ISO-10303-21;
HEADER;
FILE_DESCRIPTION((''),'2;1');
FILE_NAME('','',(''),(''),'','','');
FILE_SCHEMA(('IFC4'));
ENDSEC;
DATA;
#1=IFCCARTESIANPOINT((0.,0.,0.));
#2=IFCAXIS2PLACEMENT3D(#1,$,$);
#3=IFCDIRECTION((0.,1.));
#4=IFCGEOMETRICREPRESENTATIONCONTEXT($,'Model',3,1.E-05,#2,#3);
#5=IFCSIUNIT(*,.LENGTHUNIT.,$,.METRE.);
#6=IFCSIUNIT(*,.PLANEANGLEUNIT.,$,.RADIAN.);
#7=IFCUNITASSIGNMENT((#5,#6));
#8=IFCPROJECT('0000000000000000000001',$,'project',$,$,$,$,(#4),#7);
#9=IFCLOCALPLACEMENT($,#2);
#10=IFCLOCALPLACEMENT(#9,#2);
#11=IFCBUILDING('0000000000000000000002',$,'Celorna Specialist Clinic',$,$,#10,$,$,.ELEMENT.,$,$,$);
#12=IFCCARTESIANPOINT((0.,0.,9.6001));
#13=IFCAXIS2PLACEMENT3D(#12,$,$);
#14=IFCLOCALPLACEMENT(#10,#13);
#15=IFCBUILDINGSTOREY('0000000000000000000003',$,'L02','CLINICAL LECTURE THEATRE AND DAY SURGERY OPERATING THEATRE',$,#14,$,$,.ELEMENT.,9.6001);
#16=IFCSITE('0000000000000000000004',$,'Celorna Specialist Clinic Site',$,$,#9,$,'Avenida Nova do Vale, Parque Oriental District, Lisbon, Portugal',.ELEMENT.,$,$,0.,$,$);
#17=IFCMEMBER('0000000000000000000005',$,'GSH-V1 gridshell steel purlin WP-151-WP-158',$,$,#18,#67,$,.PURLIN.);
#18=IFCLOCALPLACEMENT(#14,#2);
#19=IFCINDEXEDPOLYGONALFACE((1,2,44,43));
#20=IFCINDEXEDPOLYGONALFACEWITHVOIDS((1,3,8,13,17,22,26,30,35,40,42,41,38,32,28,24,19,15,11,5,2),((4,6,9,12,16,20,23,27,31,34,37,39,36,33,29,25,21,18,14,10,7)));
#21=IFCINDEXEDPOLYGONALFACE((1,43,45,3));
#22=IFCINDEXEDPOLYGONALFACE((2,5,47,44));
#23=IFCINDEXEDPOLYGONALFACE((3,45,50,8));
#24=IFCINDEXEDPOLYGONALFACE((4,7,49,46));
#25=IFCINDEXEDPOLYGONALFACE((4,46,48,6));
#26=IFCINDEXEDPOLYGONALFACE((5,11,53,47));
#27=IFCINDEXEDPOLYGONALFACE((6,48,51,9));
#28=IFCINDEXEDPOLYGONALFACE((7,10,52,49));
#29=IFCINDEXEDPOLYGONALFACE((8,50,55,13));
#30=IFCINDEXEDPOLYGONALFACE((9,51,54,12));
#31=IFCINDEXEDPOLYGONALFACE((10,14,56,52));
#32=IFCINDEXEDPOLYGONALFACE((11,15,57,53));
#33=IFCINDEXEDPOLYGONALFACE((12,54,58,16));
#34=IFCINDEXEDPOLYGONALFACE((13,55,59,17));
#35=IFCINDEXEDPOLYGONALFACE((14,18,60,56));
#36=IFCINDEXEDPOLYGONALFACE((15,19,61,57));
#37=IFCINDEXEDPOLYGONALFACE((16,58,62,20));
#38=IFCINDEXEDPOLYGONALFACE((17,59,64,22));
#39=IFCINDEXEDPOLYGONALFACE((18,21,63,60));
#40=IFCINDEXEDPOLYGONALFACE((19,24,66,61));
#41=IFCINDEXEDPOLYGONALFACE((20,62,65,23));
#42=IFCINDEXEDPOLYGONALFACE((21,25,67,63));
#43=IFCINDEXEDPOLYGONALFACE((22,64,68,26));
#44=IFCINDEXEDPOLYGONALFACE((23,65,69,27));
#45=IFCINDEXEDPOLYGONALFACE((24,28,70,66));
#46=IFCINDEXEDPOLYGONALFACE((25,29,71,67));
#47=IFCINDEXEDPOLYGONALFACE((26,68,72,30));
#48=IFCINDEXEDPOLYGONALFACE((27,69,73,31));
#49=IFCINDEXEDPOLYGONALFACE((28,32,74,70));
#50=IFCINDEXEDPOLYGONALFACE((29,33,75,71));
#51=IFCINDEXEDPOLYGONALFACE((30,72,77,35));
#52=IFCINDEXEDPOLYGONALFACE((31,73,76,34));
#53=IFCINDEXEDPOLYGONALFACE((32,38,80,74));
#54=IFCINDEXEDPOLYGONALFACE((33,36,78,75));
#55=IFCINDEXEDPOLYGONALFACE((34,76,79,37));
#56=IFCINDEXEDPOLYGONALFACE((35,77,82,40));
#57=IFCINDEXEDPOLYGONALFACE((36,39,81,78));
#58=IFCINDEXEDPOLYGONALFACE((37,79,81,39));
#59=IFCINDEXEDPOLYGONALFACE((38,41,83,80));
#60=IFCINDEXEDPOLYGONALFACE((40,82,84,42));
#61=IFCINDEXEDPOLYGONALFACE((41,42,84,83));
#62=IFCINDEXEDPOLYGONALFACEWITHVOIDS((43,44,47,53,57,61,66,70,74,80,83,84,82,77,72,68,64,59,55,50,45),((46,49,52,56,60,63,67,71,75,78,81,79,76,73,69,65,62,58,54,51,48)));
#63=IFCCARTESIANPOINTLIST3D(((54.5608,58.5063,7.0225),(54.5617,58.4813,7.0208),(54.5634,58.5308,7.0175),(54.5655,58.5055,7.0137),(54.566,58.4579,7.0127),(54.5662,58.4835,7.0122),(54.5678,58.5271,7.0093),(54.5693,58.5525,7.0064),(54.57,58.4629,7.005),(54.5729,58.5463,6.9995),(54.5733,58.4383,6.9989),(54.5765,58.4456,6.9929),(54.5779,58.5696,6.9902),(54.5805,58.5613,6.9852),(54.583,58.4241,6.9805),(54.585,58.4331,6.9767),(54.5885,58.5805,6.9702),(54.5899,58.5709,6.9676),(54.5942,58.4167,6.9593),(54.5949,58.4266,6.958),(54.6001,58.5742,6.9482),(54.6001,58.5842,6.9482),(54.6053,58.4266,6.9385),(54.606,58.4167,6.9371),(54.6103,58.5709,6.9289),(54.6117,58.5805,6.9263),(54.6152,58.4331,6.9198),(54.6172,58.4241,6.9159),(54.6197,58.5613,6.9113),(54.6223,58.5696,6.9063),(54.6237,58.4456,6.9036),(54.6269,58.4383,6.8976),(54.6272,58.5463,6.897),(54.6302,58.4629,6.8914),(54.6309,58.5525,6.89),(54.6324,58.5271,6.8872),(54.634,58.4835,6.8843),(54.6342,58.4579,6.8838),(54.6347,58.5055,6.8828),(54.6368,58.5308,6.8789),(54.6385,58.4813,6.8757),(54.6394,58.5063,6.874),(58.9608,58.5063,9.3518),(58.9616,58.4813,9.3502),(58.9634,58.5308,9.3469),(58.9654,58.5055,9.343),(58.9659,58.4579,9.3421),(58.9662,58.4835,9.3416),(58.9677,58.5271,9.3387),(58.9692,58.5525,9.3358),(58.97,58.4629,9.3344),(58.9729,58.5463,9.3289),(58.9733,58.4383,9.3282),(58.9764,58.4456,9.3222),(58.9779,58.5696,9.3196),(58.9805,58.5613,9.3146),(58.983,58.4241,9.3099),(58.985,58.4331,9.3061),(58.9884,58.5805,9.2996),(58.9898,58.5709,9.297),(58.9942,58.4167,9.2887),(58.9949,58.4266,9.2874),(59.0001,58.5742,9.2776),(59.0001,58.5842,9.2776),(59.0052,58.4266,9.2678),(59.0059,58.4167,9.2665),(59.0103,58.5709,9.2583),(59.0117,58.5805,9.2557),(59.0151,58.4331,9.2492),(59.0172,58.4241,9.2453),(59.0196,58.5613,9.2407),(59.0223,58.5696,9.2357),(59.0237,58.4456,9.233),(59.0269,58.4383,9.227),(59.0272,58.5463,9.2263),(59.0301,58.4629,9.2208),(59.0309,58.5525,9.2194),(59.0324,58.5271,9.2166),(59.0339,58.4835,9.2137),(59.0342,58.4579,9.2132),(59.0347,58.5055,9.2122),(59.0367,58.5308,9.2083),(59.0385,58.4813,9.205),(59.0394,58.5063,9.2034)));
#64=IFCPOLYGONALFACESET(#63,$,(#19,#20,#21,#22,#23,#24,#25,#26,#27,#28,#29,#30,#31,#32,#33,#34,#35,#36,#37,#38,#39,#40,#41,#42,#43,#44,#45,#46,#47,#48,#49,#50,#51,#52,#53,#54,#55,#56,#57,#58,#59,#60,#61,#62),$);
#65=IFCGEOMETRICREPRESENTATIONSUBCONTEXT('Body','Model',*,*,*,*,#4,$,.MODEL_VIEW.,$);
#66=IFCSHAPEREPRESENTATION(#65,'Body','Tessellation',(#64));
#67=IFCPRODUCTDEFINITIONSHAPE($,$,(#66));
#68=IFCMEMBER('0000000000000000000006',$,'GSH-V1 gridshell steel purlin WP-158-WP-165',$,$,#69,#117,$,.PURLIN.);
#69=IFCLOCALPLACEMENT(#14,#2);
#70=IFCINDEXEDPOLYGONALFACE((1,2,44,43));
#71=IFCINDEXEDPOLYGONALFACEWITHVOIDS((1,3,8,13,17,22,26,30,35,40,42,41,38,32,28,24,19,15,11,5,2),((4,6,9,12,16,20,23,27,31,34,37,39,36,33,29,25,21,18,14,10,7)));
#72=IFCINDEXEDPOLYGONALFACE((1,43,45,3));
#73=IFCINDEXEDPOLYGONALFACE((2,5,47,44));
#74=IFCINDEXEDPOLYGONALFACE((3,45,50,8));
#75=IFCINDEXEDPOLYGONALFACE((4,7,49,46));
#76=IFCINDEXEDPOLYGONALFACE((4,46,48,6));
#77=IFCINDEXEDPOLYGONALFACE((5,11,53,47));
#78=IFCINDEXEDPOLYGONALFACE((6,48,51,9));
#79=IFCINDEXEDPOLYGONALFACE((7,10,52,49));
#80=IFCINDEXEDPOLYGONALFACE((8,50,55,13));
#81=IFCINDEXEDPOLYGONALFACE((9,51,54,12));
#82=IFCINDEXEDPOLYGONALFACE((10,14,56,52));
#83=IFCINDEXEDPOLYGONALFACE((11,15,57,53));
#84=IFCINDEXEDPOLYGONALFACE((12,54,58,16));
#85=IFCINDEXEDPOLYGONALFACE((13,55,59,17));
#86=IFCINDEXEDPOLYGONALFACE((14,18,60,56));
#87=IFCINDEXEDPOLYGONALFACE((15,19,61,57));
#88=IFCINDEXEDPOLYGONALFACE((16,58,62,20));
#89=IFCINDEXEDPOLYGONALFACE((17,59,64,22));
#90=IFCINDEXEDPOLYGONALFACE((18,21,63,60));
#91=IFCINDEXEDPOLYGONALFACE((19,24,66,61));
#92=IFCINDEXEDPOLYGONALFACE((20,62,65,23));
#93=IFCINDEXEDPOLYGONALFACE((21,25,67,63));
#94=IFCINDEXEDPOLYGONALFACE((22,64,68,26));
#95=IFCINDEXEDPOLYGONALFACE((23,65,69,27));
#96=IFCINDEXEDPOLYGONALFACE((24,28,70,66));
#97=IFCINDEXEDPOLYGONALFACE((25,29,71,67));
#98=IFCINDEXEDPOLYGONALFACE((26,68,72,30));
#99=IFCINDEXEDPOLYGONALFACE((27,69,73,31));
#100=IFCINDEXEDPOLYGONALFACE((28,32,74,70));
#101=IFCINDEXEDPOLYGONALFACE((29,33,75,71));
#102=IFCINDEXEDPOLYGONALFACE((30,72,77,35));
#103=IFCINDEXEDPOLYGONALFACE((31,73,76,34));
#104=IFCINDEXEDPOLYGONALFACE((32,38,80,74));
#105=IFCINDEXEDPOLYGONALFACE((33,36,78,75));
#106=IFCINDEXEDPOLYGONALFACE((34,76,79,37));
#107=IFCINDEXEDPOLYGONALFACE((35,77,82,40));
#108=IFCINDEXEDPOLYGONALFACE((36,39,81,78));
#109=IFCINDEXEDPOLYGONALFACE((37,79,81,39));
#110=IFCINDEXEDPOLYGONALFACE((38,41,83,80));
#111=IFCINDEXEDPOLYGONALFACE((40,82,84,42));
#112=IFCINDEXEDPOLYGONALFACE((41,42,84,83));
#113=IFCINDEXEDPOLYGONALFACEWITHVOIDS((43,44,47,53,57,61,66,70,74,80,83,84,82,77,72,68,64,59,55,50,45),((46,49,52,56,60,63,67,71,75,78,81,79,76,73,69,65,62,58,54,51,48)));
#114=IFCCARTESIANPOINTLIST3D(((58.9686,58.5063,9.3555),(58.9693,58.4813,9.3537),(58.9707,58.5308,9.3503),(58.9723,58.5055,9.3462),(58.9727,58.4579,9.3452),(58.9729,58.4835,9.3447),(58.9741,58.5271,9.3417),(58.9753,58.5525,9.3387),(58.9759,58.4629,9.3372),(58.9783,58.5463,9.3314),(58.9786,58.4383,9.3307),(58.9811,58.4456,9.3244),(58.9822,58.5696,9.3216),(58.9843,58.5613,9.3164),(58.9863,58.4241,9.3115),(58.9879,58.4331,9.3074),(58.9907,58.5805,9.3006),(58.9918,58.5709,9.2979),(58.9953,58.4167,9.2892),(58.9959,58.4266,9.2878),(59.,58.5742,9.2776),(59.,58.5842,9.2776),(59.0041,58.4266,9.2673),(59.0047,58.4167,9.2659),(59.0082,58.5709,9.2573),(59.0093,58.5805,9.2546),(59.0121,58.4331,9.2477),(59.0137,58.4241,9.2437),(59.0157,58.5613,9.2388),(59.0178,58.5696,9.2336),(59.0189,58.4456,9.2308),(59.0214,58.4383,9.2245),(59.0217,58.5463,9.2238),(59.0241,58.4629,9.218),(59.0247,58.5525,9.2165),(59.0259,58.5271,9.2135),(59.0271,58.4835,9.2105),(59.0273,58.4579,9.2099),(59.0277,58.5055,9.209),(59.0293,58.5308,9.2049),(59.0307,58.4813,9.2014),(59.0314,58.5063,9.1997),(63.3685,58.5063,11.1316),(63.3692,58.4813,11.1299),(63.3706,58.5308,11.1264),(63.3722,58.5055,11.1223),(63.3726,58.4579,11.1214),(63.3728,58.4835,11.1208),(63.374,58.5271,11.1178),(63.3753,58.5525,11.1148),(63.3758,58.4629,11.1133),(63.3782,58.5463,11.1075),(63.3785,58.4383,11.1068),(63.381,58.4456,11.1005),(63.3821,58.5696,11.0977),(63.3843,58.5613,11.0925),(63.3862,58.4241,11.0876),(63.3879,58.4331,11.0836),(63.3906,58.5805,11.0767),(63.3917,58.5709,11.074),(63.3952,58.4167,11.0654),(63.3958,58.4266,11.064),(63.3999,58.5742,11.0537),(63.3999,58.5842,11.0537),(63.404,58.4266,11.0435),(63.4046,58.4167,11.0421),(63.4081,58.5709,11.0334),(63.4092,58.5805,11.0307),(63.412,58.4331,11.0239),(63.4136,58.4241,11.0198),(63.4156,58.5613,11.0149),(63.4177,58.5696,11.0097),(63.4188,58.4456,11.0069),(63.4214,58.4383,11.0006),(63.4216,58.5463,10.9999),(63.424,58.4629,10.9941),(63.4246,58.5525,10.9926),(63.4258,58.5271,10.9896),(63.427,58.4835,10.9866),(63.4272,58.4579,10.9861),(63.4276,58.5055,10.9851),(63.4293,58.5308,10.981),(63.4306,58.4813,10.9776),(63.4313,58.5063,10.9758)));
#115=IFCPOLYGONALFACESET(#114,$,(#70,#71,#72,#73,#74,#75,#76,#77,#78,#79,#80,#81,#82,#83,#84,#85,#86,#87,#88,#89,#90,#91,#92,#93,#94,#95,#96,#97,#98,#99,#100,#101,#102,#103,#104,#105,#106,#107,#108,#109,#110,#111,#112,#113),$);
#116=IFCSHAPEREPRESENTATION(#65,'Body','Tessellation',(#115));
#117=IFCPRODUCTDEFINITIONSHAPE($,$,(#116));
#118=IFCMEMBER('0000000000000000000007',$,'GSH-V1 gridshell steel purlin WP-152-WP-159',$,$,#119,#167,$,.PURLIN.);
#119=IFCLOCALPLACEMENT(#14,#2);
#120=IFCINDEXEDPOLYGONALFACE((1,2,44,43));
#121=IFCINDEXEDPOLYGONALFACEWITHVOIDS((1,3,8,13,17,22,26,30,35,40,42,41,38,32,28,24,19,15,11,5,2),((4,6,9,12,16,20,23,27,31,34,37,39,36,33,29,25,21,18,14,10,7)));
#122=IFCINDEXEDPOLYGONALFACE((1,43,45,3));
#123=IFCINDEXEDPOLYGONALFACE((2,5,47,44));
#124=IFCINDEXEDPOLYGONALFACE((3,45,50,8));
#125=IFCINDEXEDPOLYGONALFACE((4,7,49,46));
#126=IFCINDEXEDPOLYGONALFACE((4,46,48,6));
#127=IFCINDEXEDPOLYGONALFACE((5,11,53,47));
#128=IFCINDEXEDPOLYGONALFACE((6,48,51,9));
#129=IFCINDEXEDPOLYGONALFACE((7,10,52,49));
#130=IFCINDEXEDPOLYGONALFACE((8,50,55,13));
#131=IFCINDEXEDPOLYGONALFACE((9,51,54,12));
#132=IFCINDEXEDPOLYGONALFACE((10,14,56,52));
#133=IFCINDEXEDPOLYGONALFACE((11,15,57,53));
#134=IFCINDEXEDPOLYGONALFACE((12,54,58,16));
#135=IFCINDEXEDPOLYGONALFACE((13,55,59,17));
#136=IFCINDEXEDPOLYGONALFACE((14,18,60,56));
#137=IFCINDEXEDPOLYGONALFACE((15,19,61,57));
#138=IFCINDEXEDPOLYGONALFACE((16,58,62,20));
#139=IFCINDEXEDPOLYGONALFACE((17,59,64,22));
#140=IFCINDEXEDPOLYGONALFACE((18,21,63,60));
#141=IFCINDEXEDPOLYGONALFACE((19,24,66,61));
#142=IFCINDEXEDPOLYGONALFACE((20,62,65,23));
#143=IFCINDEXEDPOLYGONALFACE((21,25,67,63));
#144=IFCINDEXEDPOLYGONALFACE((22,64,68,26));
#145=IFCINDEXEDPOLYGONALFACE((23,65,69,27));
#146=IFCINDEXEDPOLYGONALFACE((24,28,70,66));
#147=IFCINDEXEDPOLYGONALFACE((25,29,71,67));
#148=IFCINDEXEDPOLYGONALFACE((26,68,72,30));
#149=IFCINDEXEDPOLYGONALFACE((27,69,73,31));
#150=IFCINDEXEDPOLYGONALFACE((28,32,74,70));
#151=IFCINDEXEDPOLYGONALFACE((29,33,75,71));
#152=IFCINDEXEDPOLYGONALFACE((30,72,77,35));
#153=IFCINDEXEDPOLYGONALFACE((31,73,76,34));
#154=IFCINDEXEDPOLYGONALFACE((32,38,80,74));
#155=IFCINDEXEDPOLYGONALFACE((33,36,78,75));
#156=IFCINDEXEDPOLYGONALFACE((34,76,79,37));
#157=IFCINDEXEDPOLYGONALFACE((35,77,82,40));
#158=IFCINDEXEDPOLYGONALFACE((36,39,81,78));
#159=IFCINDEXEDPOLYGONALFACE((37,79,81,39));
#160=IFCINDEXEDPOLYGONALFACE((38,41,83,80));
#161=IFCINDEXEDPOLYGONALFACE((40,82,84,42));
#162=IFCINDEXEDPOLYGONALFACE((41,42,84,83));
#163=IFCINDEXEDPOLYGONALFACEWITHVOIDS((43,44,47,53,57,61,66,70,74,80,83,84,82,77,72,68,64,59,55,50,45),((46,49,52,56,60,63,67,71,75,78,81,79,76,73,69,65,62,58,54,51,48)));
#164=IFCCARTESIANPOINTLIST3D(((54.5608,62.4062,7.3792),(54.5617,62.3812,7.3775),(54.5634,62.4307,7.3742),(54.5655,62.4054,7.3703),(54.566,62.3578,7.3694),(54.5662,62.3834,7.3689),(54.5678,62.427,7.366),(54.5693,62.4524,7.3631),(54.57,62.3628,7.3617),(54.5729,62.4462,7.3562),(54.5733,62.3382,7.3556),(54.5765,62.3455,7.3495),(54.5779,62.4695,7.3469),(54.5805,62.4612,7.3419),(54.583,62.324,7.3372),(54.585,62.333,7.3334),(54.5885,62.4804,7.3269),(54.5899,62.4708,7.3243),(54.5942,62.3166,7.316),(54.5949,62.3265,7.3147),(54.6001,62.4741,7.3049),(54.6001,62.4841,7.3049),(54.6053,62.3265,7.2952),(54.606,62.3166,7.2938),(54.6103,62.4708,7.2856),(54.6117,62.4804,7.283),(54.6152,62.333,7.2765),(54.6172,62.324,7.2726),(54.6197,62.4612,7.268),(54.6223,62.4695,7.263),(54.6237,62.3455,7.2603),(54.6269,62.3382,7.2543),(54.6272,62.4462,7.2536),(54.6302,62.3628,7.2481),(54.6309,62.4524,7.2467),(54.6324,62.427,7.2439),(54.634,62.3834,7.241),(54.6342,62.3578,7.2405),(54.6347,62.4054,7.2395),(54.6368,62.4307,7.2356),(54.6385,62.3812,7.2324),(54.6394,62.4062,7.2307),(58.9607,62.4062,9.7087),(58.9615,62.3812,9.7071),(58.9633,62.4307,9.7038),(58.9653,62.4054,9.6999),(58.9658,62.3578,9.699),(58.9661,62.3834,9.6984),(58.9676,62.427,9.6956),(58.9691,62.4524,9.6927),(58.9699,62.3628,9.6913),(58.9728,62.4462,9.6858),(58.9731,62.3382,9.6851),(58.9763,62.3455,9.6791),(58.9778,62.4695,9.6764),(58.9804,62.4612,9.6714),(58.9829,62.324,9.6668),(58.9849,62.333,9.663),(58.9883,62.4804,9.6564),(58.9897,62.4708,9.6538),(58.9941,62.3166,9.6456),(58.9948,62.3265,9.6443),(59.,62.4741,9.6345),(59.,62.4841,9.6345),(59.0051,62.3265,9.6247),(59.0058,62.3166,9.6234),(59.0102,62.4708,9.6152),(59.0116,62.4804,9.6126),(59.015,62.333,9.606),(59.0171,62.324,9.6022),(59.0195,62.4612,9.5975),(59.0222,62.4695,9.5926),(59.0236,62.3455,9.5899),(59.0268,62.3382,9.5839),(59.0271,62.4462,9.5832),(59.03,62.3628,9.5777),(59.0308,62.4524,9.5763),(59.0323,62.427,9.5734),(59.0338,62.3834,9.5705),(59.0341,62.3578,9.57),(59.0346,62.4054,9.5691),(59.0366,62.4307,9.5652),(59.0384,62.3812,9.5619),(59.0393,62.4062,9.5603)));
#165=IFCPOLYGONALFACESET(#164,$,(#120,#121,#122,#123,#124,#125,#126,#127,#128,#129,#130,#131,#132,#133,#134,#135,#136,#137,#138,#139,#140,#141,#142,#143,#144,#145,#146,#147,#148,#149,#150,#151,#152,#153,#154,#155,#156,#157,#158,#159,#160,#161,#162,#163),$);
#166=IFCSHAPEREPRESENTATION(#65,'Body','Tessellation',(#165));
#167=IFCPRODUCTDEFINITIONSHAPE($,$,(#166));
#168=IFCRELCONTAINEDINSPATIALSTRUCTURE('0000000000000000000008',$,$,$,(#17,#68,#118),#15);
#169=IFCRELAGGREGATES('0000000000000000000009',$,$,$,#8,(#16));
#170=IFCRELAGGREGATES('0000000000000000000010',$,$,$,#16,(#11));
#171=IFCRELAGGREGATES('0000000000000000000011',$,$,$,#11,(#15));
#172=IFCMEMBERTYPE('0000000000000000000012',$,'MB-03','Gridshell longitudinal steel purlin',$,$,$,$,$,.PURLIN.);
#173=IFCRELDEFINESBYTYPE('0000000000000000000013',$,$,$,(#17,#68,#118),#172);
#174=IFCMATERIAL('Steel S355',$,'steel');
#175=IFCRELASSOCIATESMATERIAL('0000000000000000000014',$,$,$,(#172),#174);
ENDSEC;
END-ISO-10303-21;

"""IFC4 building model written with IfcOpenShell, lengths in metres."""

from ifc_helpers import new_model, si_unit, direction, frame, origin, origin_2d, place, context, subcontext, project, spatial, hollow_circle, extrude, material, material_profile, profile_set, type_object, element, save


model = new_model("IFC4")

# Units and contexts
model_context = context("Model", 3, precision=1e-05, world=origin(), true_north=direction((0.0, 1.0)))
body_context = subcontext(model_context, "Body", "Model", "MODEL_VIEW")
ifc_project = project(units=[si_unit("LENGTHUNIT", "METRE"), si_unit("PLANEANGLEUNIT", "RADIAN")], contexts=[model_context])

# Site, building, storey
site_placement = place(None, origin())
site = spatial("IfcSite", under=ifc_project, at=site_placement, Name="Celorna Specialist Clinic Site", LongName="Avenida Nova do Vale, Parque Oriental District, Lisbon, Portugal", CompositionType="ELEMENT", RefElevation=0.0)
building_placement = place(site_placement, origin())
building = spatial("IfcBuilding", under=site, at=building_placement, Name="Celorna Specialist Clinic", CompositionType="ELEMENT")
storey_placement = place(building_placement, frame((0.0, 0.0, 9.6001)))
storey = spatial("IfcBuildingStorey", under=building, at=storey_placement, Name="L02", Description="CLINICAL LECTURE THEATRE AND DAY SURGERY OPERATING THEATRE", CompositionType="ELEMENT", Elevation=9.6001)

# Shared definitions
ifc_material_1 = material(Name="Steel S355", Category="steel")

# Members
ifc_material_profile_1 = material_profile(ifc_material_1, hollow_circle(Radius=0.0842, WallThickness=0.01, at=origin_2d()), Name="CHS 168.3x10")
ifc_profile_set_1 = profile_set([ifc_material_profile_1], Name="Steel S355")
member_type_1 = type_object("IfcMemberType", Name="MB-03", Description="Gridshell longitudinal steel purlin", PredefinedType="PURLIN", material=ifc_profile_set_1)
member_1_placement = place(storey_placement, frame((54.6001, 58.5, 6.9482), z_axis=(0.883789, 0.0, 0.467885), x_axis=(0.0, 1.0, 0.0)))
element("IfcMember", 1, at=member_1_placement, inside=storey, type_object=member_type_1, Name="GSH-V1 gridshell steel purlin WP-151-WP-158", PredefinedType="PURLIN", context=body_context, shape_type="SweptSolid", body=[
    extrude(hollow_circle(Radius=0.0842, WallThickness=0.01, at=origin_2d()), origin(), (0.0, 0.0, 1.0), 4.9785),
])
member_2_placement = place(storey_placement, frame((59.0, 58.5, 9.2776), z_axis=(0.927297, 0.0, 0.374325), x_axis=(0.0, 1.0, 0.0)))
element("IfcMember", 2, at=member_2_placement, inside=storey, type_object=member_type_1, Name="GSH-V1 gridshell steel purlin WP-158-WP-165", PredefinedType="PURLIN", context=body_context, shape_type="SweptSolid", body=[
    extrude(hollow_circle(Radius=0.0842, WallThickness=0.01, at=origin_2d()), origin(), (0.0, 0.0, 1.0), 4.7449),
])
member_3_placement = place(storey_placement, frame((54.6001, 62.3999, 7.3049), z_axis=(0.883769, 0.0, 0.467924), x_axis=(0.0, 1.0, 0.0)))
element("IfcMember", 3, at=member_3_placement, inside=storey, type_object=member_type_1, Name="GSH-V1 gridshell steel purlin WP-152-WP-159", PredefinedType="PURLIN", context=body_context, shape_type="SweptSolid", body=[
    extrude(hollow_circle(Radius=0.0842, WallThickness=0.01, at=origin_2d()), origin(), (0.0, 0.0, 1.0), 4.9785),
])

save(model, "model.ifc")
